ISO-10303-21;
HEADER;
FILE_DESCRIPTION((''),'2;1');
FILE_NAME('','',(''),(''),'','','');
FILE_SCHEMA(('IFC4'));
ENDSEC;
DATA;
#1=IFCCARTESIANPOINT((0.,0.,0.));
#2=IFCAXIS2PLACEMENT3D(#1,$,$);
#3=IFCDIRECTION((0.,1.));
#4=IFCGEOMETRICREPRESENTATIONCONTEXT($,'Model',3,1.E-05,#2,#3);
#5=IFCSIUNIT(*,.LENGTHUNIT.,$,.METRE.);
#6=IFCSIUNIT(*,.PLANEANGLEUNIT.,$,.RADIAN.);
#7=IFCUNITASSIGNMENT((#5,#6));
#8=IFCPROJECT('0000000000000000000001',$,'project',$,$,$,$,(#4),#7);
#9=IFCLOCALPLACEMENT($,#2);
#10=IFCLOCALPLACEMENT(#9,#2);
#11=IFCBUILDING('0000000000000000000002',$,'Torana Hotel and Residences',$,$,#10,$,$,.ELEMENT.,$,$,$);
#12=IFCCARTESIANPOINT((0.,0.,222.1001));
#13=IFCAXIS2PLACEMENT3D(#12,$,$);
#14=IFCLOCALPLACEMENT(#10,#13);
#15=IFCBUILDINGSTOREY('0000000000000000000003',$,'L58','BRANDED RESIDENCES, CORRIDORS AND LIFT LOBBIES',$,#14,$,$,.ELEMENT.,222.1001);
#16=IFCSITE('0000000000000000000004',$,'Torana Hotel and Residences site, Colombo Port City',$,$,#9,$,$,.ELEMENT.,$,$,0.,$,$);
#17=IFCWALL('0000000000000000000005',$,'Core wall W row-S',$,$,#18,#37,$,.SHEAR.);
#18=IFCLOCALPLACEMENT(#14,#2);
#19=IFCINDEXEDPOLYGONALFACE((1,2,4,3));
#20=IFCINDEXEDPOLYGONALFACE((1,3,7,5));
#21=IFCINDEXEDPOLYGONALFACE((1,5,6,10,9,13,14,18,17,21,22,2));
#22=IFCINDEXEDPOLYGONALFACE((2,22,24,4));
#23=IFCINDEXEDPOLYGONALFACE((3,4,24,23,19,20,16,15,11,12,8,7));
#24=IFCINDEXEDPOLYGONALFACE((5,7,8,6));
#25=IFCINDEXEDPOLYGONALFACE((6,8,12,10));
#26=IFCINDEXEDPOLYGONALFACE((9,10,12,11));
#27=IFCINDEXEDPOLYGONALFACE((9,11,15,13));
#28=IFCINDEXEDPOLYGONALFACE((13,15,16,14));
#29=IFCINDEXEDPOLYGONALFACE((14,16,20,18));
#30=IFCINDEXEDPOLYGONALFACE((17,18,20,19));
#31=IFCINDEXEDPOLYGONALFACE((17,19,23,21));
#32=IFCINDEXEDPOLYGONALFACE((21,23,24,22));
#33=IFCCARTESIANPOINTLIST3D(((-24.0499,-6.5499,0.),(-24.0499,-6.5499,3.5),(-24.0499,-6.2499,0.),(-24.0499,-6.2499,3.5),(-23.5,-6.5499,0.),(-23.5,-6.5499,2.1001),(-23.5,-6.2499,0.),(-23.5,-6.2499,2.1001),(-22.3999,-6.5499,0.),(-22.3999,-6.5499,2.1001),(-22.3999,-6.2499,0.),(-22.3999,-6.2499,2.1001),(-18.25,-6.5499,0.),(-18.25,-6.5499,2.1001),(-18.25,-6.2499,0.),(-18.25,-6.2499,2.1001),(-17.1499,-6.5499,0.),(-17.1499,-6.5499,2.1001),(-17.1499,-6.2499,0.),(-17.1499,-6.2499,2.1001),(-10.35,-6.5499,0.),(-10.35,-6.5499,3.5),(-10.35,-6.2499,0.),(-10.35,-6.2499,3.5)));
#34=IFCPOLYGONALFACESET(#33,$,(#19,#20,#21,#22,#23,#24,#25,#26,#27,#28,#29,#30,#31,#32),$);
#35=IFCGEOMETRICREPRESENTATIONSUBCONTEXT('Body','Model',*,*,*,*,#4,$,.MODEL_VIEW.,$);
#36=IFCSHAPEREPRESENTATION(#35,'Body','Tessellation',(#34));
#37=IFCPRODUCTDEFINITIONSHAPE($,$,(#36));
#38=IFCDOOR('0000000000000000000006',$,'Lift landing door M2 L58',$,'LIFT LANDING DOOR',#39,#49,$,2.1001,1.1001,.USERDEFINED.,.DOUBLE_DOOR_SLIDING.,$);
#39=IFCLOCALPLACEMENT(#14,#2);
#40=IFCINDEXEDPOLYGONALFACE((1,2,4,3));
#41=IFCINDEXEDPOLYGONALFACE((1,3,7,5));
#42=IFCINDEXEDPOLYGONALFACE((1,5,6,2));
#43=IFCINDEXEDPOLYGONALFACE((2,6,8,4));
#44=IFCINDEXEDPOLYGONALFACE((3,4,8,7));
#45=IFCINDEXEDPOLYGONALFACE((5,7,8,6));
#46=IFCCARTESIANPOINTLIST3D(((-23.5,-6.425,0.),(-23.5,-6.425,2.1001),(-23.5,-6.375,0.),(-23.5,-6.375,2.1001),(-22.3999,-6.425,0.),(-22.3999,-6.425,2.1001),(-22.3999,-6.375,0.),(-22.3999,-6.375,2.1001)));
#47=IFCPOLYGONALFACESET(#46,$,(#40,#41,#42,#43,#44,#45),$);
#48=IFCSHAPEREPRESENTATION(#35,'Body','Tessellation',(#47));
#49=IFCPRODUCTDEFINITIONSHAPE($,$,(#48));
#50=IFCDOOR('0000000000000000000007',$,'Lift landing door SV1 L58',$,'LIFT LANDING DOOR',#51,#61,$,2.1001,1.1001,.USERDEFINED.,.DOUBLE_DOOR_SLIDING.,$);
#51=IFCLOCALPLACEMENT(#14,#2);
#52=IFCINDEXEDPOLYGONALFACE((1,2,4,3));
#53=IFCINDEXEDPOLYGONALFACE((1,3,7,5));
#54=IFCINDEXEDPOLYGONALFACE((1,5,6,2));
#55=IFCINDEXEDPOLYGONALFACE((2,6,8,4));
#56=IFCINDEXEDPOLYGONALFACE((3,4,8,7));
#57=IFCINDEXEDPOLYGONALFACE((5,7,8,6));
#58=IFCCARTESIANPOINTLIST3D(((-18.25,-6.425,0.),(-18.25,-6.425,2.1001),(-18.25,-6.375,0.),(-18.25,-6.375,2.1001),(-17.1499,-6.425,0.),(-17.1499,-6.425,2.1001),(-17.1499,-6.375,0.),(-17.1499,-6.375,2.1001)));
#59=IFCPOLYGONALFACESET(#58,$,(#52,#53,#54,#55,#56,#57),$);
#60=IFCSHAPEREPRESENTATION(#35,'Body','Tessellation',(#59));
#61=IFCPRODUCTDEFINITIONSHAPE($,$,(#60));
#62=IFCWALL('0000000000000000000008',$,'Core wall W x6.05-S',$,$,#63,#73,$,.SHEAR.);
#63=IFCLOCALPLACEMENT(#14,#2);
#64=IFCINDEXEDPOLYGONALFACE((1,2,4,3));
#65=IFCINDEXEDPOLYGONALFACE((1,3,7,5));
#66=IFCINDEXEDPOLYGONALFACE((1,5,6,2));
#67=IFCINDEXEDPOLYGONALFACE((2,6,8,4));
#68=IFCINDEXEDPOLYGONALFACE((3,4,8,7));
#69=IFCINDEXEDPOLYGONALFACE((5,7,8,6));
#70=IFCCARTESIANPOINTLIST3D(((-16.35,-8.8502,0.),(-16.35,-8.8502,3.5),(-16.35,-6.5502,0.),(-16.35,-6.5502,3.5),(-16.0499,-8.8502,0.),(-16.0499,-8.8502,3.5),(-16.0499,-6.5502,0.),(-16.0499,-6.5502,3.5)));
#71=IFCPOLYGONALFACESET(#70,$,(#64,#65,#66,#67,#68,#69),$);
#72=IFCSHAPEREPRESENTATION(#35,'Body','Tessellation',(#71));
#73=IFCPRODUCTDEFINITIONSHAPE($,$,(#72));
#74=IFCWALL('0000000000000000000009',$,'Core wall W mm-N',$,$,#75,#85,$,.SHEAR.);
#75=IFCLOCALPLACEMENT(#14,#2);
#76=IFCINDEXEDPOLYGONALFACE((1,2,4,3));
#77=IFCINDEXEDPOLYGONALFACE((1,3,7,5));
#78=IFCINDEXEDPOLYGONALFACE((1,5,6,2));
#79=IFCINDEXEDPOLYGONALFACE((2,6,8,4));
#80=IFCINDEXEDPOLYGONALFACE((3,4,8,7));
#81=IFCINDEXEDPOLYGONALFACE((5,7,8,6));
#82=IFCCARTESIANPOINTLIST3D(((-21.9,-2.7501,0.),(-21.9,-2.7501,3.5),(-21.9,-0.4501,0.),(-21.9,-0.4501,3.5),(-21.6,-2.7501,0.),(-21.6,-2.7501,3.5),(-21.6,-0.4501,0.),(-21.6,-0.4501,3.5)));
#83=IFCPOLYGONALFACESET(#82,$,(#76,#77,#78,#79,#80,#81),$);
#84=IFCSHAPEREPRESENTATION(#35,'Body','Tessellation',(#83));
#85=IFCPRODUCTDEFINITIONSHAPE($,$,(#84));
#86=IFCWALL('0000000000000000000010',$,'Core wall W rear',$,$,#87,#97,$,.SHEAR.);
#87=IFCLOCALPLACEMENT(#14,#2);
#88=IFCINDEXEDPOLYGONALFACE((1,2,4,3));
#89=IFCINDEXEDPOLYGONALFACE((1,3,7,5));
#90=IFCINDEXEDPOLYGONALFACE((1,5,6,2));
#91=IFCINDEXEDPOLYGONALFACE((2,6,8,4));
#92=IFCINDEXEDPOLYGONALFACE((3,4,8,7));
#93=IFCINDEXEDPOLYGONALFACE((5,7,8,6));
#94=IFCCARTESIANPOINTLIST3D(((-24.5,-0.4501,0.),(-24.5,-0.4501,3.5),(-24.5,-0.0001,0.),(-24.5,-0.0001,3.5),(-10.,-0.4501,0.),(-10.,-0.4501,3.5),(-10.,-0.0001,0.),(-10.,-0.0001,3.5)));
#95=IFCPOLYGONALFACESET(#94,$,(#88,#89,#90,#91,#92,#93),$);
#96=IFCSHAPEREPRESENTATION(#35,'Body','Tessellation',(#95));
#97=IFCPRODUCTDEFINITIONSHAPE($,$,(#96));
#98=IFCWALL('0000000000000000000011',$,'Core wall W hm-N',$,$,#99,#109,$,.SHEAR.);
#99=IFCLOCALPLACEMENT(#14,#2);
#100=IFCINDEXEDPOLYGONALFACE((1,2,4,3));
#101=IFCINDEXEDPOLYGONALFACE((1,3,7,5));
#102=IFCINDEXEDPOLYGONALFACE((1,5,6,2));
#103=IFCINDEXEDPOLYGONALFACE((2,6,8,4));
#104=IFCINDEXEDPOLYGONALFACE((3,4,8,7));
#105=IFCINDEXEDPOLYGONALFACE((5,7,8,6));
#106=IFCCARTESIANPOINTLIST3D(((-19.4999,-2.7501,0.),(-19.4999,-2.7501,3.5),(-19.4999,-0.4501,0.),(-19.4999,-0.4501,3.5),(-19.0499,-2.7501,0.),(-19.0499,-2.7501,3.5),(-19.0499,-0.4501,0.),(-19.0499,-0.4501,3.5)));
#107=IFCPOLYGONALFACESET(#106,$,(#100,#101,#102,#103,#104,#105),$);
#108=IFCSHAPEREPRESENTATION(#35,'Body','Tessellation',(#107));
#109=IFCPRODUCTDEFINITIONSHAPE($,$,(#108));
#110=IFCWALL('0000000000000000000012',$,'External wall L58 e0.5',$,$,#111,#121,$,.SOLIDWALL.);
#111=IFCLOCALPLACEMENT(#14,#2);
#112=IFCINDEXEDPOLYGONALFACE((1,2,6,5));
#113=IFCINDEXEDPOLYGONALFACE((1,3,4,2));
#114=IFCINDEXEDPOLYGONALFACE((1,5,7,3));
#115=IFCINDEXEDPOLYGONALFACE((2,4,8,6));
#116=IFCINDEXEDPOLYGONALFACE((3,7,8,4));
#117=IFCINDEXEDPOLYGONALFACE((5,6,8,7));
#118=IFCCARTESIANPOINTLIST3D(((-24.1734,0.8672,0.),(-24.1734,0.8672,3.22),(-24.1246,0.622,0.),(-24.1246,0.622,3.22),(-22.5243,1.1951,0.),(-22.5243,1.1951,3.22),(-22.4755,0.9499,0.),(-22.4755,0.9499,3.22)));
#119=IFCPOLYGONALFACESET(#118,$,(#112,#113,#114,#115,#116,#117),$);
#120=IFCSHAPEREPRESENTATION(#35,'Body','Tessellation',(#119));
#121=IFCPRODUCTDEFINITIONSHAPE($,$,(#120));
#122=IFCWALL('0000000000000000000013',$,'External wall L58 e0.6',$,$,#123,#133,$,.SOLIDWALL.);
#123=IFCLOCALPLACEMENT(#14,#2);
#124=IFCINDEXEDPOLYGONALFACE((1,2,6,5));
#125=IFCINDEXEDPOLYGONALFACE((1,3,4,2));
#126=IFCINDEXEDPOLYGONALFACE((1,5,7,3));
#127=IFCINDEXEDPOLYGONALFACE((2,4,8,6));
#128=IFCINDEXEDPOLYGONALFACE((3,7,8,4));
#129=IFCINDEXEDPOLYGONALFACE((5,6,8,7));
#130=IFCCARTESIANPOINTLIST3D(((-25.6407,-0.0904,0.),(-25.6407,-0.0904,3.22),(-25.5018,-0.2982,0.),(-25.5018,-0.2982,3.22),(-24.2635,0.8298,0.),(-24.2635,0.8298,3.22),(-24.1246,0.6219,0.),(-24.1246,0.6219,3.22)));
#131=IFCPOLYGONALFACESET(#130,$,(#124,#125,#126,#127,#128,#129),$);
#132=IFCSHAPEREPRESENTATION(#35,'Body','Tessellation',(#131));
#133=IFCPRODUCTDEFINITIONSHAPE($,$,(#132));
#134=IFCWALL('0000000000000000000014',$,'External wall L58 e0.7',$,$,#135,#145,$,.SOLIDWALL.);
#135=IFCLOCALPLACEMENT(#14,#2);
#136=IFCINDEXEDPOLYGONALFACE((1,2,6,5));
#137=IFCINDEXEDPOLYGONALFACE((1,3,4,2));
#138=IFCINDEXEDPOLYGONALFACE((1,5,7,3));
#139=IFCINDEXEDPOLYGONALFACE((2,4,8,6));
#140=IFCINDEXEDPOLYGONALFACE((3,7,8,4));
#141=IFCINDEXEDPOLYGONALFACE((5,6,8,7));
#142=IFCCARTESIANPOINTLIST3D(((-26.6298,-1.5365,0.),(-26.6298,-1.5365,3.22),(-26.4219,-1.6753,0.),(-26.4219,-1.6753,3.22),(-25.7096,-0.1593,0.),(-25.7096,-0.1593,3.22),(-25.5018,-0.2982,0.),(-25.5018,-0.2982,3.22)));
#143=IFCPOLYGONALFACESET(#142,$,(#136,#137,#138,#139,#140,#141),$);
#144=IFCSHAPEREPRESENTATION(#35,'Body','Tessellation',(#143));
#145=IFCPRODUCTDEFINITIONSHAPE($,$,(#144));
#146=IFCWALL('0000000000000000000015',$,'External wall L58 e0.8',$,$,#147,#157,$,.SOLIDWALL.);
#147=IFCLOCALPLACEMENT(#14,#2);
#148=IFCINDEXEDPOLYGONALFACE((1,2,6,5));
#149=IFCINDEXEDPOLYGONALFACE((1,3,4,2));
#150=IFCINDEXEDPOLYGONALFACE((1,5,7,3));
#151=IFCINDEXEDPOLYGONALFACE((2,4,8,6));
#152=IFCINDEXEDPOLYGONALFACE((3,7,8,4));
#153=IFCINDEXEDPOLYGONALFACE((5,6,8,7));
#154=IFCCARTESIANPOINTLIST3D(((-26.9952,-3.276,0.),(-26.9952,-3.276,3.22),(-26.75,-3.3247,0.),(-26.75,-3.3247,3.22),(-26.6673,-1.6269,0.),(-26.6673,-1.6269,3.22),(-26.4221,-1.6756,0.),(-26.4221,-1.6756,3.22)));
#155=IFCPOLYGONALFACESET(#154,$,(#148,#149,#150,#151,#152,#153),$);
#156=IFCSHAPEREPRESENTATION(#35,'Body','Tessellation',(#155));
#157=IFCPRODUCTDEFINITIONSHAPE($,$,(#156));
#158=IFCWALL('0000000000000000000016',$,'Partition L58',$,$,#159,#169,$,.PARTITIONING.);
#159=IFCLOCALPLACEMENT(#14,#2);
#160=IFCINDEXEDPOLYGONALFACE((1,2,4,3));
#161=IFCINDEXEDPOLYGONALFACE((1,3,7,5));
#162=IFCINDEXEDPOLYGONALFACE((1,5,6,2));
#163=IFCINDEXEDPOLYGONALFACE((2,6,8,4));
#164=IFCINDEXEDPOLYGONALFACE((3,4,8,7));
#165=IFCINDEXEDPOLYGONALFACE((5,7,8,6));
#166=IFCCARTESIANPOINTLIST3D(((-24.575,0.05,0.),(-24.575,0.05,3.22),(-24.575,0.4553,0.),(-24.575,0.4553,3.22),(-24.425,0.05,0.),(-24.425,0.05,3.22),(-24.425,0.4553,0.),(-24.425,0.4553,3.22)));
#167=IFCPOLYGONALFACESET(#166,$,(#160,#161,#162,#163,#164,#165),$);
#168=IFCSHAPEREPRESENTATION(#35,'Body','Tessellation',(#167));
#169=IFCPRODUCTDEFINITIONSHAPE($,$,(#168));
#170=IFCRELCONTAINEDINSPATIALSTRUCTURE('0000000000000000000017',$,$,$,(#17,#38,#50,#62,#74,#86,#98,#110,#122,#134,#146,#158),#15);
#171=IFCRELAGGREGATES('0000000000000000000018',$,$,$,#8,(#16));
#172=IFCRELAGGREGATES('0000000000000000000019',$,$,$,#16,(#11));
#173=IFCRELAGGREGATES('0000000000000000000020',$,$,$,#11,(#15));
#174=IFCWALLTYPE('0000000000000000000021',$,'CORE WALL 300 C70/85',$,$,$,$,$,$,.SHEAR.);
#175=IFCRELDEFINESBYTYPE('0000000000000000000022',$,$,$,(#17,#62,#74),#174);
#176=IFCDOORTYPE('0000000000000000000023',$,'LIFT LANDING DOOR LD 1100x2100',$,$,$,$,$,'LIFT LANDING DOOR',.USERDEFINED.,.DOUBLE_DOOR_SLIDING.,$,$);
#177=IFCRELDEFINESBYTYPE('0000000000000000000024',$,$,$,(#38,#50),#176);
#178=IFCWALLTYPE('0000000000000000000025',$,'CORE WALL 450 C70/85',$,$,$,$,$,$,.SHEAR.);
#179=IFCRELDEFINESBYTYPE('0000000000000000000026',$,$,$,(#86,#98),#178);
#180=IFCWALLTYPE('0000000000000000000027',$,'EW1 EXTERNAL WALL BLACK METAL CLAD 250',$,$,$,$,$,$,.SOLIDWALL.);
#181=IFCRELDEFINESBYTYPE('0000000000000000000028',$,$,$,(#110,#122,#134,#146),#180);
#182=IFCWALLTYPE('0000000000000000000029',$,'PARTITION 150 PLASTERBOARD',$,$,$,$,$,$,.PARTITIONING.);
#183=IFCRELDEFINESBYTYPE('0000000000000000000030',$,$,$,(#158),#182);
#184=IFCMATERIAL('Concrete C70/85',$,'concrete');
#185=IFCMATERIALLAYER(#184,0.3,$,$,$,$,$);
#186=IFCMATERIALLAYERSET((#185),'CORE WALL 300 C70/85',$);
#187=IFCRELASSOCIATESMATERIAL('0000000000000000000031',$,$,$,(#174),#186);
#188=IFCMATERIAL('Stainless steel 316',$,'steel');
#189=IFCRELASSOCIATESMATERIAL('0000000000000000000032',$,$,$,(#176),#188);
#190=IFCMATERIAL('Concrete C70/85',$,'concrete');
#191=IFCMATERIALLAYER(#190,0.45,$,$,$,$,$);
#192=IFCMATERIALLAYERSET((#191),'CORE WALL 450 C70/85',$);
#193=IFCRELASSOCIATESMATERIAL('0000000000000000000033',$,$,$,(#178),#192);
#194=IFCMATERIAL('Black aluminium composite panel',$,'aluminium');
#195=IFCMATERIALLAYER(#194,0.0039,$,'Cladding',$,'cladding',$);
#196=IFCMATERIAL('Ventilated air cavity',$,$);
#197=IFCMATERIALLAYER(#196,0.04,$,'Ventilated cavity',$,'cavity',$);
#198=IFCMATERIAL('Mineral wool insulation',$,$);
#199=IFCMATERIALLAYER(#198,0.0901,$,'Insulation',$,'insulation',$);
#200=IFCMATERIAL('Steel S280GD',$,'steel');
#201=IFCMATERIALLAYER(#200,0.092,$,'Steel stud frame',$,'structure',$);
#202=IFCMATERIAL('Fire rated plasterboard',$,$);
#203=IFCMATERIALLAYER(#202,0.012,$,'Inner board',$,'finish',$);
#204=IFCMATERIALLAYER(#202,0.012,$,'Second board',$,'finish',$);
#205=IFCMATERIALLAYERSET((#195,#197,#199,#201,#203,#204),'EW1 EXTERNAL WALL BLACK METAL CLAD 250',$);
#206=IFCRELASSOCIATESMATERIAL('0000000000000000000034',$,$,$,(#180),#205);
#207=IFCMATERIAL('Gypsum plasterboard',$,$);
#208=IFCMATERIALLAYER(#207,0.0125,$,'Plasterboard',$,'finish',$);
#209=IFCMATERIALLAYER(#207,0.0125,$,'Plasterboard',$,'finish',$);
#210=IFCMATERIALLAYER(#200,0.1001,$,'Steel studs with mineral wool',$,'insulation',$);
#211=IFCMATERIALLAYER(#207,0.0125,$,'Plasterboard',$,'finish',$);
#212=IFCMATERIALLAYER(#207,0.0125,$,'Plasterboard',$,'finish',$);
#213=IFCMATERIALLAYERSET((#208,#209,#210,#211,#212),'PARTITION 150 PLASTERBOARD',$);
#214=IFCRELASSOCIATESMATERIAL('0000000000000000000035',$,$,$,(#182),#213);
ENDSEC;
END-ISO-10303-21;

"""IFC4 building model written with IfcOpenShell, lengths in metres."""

from ifc_helpers import new_model, si_unit, direction, frame, frame_2d, origin, place, context, subcontext, project, spatial, rectangle, extrude, material, layer, layer_set, type_object, element, fill, save


model = new_model("IFC4")

# Units and contexts
model_context = context("Model", 3, precision=1e-05, world=origin(), true_north=direction((0.0, 1.0)))
body_context = subcontext(model_context, "Body", "Model", "MODEL_VIEW")
ifc_project = project(units=[si_unit("LENGTHUNIT", "METRE"), si_unit("PLANEANGLEUNIT", "RADIAN")], contexts=[model_context])

# Site, building, storey
site_placement = place(None, origin())
site = spatial("IfcSite", under=ifc_project, at=site_placement, Name="Torana Hotel and Residences site, Colombo Port City", CompositionType="ELEMENT", RefElevation=0.0)
building_placement = place(site_placement, origin())
building = spatial("IfcBuilding", under=site, at=building_placement, Name="Torana Hotel and Residences", CompositionType="ELEMENT")
storey_placement = place(building_placement, frame((0.0, 0.0, 222.1001)))
storey = spatial("IfcBuildingStorey", under=building, at=storey_placement, Name="L58", Description="BRANDED RESIDENCES, CORRIDORS AND LIFT LOBBIES", CompositionType="ELEMENT", Elevation=222.1001)

# Wall, openings, doors
ifc_material_1 = material(Name="Concrete C70/85", Category="concrete")
ifc_layer_1 = layer(ifc_material_1, 0.3)
ifc_layer_set_1 = layer_set([ifc_layer_1], Name="CORE WALL 300 C70/85")
wall_type_1 = type_object("IfcWallType", Name="CORE WALL 300 C70/85", PredefinedType="SHEAR", material=ifc_layer_set_1)
ifc_material_2 = material(Name="Stainless steel 316", Category="steel")
door_type_1 = type_object("IfcDoorType", Name="LIFT LANDING DOOR LD 1100x2100", ElementType="LIFT LANDING DOOR", OperationType="DOUBLE_DOOR_SLIDING", PredefinedType="USERDEFINED", material=ifc_material_2)
wall_1_placement = place(storey_placement, frame((-24.05, -6.3999, 0.0), z_axis=(0.0, 0.0, 1.0), x_axis=(1.0, 0.0, 0.0)))
wall_1 = element("IfcWall", 1, at=wall_1_placement, inside=storey, type_object=wall_type_1, Name="Core wall W row-S", PredefinedType="SHEAR", context=body_context, shape_type="SweptSolid", body=[
    extrude(rectangle(XDim=13.7, YDim=0.3, at=frame_2d((6.8501, 0.0))), origin(), (0.0, 0.0, 1.0), 3.5),
])
opening_1_placement = place(wall_1_placement, frame((0.55, 0.0, 0.0)))
opening_1 = element("IfcOpeningElement", 2, at=opening_1_placement, cuts=wall_1, PredefinedType="OPENING", context=body_context, shape_type="SweptSolid", body=[
    extrude(rectangle(XDim=1.1001, YDim=2.1001, at=frame_2d((0.55, 1.05))), frame((0.0, 0.1599, 0.0), z_axis=(0.0, -1.0, 0.0), x_axis=(1.0, 0.0, 0.0)), (0.0, 0.0, 1.0), 0.3201),
])
opening_2_placement = place(wall_1_placement, frame((5.8, 0.0, 0.0)))
opening_2 = element("IfcOpeningElement", 3, at=opening_2_placement, cuts=wall_1, PredefinedType="OPENING", context=body_context, shape_type="SweptSolid", body=[
    extrude(rectangle(XDim=1.1001, YDim=2.1001, at=frame_2d((0.55, 1.05))), frame((0.0, 0.1599, 0.0), z_axis=(0.0, -1.0, 0.0), x_axis=(1.0, 0.0, 0.0)), (0.0, 0.0, 1.0), 0.3201),
])
door_1_placement = place(opening_1_placement, origin())
door_1 = element("IfcDoor", 4, at=door_1_placement, inside=storey, type_object=door_type_1, Name="Lift landing door M2 L58", ObjectType="LIFT LANDING DOOR", OperationType="DOUBLE_DOOR_SLIDING", OverallHeight=2.1001, OverallWidth=1.1001, PredefinedType="USERDEFINED", context=body_context, shape_type="SweptSolid", body=[
    extrude(rectangle(XDim=1.1001, YDim=2.1001, at=frame_2d((0.55, 1.05))), frame((0.0, 0.0249, 0.0), z_axis=(0.0, -1.0, 0.0), x_axis=(1.0, 0.0, 0.0)), (0.0, 0.0, 1.0), 0.05),
])
fill(opening_1, door_1)
door_2_placement = place(opening_2_placement, origin())
door_2 = element("IfcDoor", 5, at=door_2_placement, inside=storey, type_object=door_type_1, Name="Lift landing door SV1 L58", ObjectType="LIFT LANDING DOOR", OperationType="DOUBLE_DOOR_SLIDING", OverallHeight=2.1001, OverallWidth=1.1001, PredefinedType="USERDEFINED", context=body_context, shape_type="SweptSolid", body=[
    extrude(rectangle(XDim=1.1001, YDim=2.1001, at=frame_2d((0.55, 1.05))), frame((0.0, 0.0249, 0.0), z_axis=(0.0, -1.0, 0.0), x_axis=(1.0, 0.0, 0.0)), (0.0, 0.0, 1.0), 0.05),
])
fill(opening_2, door_2)

# Walls
for number, where, z_axis, x_axis, name in (
    (6, (-16.2, -8.8501, 0.0), (0.0, 0.0, 1.0), (0.0, 1.0, 0.0), "Core wall W x6.05-S"),
    (7, (-21.75, -2.75, 0.0), (0.0, 0.0, 1.0), (0.0, 1.0, 0.0), "Core wall W mm-N"),
):
    element("IfcWall", number, at=place(storey_placement, frame(where, z_axis=z_axis, x_axis=x_axis)), inside=storey, type_object=wall_type_1, Name=name, PredefinedType="SHEAR", context=body_context, shape_type="SweptSolid", body=[
        extrude(rectangle(XDim=2.3, YDim=0.3, at=frame_2d((1.1499, 0.0))), origin(), (0.0, 0.0, 1.0), 3.5),
    ])
ifc_material_3 = material(Name="Concrete C70/85", Category="concrete")
ifc_layer_2 = layer(ifc_material_3, 0.45)
ifc_layer_set_2 = layer_set([ifc_layer_2], Name="CORE WALL 450 C70/85")
wall_type_2 = type_object("IfcWallType", Name="CORE WALL 450 C70/85", PredefinedType="SHEAR", material=ifc_layer_set_2)
wall_2_placement = place(storey_placement, frame((-24.5, -0.2251, 0.0), z_axis=(0.0, 0.0, 1.0), x_axis=(1.0, 0.0, 0.0)))
element("IfcWall", 8, at=wall_2_placement, inside=storey, type_object=wall_type_2, Name="Core wall W rear", PredefinedType="SHEAR", context=body_context, shape_type="SweptSolid", body=[
    extrude(rectangle(XDim=14.5, YDim=0.45, at=frame_2d((7.25, 0.0))), origin(), (0.0, 0.0, 1.0), 3.5),
])
wall_3_placement = place(storey_placement, frame((-19.2749, -2.75, 0.0), z_axis=(0.0, 0.0, 1.0), x_axis=(0.0, 1.0, 0.0)))
element("IfcWall", 9, at=wall_3_placement, inside=storey, type_object=wall_type_2, Name="Core wall W hm-N", PredefinedType="SHEAR", context=body_context, shape_type="SweptSolid", body=[
    extrude(rectangle(XDim=2.3, YDim=0.45, at=frame_2d((1.1499, 0.0))), origin(), (0.0, 0.0, 1.0), 3.5),
])
ifc_material_4 = material(Name="Black aluminium composite panel", Category="aluminium")
ifc_layer_3 = layer(ifc_material_4, 0.0039, Name="Cladding", Category="cladding")
ifc_material_5 = material(Name="Ventilated air cavity")
ifc_layer_4 = layer(ifc_material_5, 0.04, Name="Ventilated cavity", Category="cavity")
ifc_material_6 = material(Name="Mineral wool insulation")
ifc_layer_5 = layer(ifc_material_6, 0.0901, Name="Insulation", Category="insulation")
ifc_material_7 = material(Name="Steel S280GD", Category="steel")
ifc_layer_6 = layer(ifc_material_7, 0.092, Name="Steel stud frame", Category="structure")
ifc_material_8 = material(Name="Fire rated plasterboard")
ifc_layer_7 = layer(ifc_material_8, 0.012, Name="Inner board", Category="finish")
ifc_layer_8 = layer(ifc_material_8, 0.012, Name="Second board", Category="finish")
ifc_layer_set_3 = layer_set([ifc_layer_3, ifc_layer_4, ifc_layer_5, ifc_layer_6, ifc_layer_7, ifc_layer_8], Name="EW1 EXTERNAL WALL BLACK METAL CLAD 250")
wall_type_3 = type_object("IfcWallType", Name="EW1 EXTERNAL WALL BLACK METAL CLAD 250", PredefinedType="SOLIDWALL", material=ifc_layer_set_3)
wall_4_placement = place(storey_placement, frame((-22.4998, 1.0725, 0.0), z_axis=(0.0, 0.0, 1.0), x_axis=(-0.980803, -0.194999, 0.0)))
element("IfcWall", 10, at=wall_4_placement, inside=storey, type_object=wall_type_3, Name="External wall L58 e0.5", PredefinedType="SOLIDWALL", context=body_context, shape_type="SweptSolid", body=[
    extrude(rectangle(XDim=1.6814, YDim=0.25, at=frame_2d((0.8408, 0.0))), origin(), (0.0, 0.0, 1.0), 3.22),
])
for number, where, z_axis, x_axis, name in (
    (11, (-24.1941, 0.7258, 0.0), (0.0, 0.0, 1.0), (-0.831483, -0.55555, 0.0), "External wall L58 e0.6"),
    (12, (-25.6057, -0.2288, 0.0), (0.0, 0.0, 1.0), (-0.55555, -0.831483, 0.0), "External wall L58 e0.7"),
):
    element("IfcWall", number, at=place(storey_placement, frame(where, z_axis=z_axis, x_axis=x_axis)), inside=storey, type_object=wall_type_3, Name=name, PredefinedType="SOLIDWALL", context=body_context, shape_type="SweptSolid", body=[
        extrude(rectangle(XDim=1.6562, YDim=0.25, at=frame_2d((0.8281, 0.0))), origin(), (0.0, 0.0, 1.0), 3.22),
    ])
wall_5_placement = place(storey_placement, frame((-26.5447, -1.6511, 0.0), z_axis=(0.0, 0.0, 1.0), x_axis=(-0.194999, -0.980803, 0.0)))
element("IfcWall", 13, at=wall_5_placement, inside=storey, type_object=wall_type_3, Name="External wall L58 e0.8", PredefinedType="SOLIDWALL", context=body_context, shape_type="SweptSolid", body=[
    extrude(rectangle(XDim=1.6814, YDim=0.25, at=frame_2d((0.8408, 0.0))), origin(), (0.0, 0.0, 1.0), 3.22),
])

# Wall
ifc_material_9 = material(Name="Gypsum plasterboard")
ifc_layer_9 = layer(ifc_material_9, 0.0125, Name="Plasterboard", Category="finish")
ifc_layer_10 = layer(ifc_material_9, 0.0125, Name="Plasterboard", Category="finish")
ifc_layer_11 = layer(ifc_material_7, 0.1001, Name="Steel studs with mineral wool", Category="insulation")
ifc_layer_12 = layer(ifc_material_9, 0.0125, Name="Plasterboard", Category="finish")
ifc_layer_13 = layer(ifc_material_9, 0.0125, Name="Plasterboard", Category="finish")
ifc_layer_set_4 = layer_set([ifc_layer_9, ifc_layer_10, ifc_layer_11, ifc_layer_12, ifc_layer_13], Name="PARTITION 150 PLASTERBOARD")
wall_type_4 = type_object("IfcWallType", Name="PARTITION 150 PLASTERBOARD", PredefinedType="PARTITIONING", material=ifc_layer_set_4)
wall_6_placement = place(storey_placement, frame((-24.5, 0.05, 0.0), z_axis=(0.0, 0.0, 1.0), x_axis=(0.0, 1.0, 0.0)))
element("IfcWall", 14, at=wall_6_placement, inside=storey, type_object=wall_type_4, Name="Partition L58", PredefinedType="PARTITIONING", context=body_context, shape_type="SweptSolid", body=[
    extrude(rectangle(XDim=0.4053, YDim=0.1499, at=frame_2d((0.2026, 0.0))), origin(), (0.0, 0.0, 1.0), 3.22),
])

save(model, "model.ifc")
